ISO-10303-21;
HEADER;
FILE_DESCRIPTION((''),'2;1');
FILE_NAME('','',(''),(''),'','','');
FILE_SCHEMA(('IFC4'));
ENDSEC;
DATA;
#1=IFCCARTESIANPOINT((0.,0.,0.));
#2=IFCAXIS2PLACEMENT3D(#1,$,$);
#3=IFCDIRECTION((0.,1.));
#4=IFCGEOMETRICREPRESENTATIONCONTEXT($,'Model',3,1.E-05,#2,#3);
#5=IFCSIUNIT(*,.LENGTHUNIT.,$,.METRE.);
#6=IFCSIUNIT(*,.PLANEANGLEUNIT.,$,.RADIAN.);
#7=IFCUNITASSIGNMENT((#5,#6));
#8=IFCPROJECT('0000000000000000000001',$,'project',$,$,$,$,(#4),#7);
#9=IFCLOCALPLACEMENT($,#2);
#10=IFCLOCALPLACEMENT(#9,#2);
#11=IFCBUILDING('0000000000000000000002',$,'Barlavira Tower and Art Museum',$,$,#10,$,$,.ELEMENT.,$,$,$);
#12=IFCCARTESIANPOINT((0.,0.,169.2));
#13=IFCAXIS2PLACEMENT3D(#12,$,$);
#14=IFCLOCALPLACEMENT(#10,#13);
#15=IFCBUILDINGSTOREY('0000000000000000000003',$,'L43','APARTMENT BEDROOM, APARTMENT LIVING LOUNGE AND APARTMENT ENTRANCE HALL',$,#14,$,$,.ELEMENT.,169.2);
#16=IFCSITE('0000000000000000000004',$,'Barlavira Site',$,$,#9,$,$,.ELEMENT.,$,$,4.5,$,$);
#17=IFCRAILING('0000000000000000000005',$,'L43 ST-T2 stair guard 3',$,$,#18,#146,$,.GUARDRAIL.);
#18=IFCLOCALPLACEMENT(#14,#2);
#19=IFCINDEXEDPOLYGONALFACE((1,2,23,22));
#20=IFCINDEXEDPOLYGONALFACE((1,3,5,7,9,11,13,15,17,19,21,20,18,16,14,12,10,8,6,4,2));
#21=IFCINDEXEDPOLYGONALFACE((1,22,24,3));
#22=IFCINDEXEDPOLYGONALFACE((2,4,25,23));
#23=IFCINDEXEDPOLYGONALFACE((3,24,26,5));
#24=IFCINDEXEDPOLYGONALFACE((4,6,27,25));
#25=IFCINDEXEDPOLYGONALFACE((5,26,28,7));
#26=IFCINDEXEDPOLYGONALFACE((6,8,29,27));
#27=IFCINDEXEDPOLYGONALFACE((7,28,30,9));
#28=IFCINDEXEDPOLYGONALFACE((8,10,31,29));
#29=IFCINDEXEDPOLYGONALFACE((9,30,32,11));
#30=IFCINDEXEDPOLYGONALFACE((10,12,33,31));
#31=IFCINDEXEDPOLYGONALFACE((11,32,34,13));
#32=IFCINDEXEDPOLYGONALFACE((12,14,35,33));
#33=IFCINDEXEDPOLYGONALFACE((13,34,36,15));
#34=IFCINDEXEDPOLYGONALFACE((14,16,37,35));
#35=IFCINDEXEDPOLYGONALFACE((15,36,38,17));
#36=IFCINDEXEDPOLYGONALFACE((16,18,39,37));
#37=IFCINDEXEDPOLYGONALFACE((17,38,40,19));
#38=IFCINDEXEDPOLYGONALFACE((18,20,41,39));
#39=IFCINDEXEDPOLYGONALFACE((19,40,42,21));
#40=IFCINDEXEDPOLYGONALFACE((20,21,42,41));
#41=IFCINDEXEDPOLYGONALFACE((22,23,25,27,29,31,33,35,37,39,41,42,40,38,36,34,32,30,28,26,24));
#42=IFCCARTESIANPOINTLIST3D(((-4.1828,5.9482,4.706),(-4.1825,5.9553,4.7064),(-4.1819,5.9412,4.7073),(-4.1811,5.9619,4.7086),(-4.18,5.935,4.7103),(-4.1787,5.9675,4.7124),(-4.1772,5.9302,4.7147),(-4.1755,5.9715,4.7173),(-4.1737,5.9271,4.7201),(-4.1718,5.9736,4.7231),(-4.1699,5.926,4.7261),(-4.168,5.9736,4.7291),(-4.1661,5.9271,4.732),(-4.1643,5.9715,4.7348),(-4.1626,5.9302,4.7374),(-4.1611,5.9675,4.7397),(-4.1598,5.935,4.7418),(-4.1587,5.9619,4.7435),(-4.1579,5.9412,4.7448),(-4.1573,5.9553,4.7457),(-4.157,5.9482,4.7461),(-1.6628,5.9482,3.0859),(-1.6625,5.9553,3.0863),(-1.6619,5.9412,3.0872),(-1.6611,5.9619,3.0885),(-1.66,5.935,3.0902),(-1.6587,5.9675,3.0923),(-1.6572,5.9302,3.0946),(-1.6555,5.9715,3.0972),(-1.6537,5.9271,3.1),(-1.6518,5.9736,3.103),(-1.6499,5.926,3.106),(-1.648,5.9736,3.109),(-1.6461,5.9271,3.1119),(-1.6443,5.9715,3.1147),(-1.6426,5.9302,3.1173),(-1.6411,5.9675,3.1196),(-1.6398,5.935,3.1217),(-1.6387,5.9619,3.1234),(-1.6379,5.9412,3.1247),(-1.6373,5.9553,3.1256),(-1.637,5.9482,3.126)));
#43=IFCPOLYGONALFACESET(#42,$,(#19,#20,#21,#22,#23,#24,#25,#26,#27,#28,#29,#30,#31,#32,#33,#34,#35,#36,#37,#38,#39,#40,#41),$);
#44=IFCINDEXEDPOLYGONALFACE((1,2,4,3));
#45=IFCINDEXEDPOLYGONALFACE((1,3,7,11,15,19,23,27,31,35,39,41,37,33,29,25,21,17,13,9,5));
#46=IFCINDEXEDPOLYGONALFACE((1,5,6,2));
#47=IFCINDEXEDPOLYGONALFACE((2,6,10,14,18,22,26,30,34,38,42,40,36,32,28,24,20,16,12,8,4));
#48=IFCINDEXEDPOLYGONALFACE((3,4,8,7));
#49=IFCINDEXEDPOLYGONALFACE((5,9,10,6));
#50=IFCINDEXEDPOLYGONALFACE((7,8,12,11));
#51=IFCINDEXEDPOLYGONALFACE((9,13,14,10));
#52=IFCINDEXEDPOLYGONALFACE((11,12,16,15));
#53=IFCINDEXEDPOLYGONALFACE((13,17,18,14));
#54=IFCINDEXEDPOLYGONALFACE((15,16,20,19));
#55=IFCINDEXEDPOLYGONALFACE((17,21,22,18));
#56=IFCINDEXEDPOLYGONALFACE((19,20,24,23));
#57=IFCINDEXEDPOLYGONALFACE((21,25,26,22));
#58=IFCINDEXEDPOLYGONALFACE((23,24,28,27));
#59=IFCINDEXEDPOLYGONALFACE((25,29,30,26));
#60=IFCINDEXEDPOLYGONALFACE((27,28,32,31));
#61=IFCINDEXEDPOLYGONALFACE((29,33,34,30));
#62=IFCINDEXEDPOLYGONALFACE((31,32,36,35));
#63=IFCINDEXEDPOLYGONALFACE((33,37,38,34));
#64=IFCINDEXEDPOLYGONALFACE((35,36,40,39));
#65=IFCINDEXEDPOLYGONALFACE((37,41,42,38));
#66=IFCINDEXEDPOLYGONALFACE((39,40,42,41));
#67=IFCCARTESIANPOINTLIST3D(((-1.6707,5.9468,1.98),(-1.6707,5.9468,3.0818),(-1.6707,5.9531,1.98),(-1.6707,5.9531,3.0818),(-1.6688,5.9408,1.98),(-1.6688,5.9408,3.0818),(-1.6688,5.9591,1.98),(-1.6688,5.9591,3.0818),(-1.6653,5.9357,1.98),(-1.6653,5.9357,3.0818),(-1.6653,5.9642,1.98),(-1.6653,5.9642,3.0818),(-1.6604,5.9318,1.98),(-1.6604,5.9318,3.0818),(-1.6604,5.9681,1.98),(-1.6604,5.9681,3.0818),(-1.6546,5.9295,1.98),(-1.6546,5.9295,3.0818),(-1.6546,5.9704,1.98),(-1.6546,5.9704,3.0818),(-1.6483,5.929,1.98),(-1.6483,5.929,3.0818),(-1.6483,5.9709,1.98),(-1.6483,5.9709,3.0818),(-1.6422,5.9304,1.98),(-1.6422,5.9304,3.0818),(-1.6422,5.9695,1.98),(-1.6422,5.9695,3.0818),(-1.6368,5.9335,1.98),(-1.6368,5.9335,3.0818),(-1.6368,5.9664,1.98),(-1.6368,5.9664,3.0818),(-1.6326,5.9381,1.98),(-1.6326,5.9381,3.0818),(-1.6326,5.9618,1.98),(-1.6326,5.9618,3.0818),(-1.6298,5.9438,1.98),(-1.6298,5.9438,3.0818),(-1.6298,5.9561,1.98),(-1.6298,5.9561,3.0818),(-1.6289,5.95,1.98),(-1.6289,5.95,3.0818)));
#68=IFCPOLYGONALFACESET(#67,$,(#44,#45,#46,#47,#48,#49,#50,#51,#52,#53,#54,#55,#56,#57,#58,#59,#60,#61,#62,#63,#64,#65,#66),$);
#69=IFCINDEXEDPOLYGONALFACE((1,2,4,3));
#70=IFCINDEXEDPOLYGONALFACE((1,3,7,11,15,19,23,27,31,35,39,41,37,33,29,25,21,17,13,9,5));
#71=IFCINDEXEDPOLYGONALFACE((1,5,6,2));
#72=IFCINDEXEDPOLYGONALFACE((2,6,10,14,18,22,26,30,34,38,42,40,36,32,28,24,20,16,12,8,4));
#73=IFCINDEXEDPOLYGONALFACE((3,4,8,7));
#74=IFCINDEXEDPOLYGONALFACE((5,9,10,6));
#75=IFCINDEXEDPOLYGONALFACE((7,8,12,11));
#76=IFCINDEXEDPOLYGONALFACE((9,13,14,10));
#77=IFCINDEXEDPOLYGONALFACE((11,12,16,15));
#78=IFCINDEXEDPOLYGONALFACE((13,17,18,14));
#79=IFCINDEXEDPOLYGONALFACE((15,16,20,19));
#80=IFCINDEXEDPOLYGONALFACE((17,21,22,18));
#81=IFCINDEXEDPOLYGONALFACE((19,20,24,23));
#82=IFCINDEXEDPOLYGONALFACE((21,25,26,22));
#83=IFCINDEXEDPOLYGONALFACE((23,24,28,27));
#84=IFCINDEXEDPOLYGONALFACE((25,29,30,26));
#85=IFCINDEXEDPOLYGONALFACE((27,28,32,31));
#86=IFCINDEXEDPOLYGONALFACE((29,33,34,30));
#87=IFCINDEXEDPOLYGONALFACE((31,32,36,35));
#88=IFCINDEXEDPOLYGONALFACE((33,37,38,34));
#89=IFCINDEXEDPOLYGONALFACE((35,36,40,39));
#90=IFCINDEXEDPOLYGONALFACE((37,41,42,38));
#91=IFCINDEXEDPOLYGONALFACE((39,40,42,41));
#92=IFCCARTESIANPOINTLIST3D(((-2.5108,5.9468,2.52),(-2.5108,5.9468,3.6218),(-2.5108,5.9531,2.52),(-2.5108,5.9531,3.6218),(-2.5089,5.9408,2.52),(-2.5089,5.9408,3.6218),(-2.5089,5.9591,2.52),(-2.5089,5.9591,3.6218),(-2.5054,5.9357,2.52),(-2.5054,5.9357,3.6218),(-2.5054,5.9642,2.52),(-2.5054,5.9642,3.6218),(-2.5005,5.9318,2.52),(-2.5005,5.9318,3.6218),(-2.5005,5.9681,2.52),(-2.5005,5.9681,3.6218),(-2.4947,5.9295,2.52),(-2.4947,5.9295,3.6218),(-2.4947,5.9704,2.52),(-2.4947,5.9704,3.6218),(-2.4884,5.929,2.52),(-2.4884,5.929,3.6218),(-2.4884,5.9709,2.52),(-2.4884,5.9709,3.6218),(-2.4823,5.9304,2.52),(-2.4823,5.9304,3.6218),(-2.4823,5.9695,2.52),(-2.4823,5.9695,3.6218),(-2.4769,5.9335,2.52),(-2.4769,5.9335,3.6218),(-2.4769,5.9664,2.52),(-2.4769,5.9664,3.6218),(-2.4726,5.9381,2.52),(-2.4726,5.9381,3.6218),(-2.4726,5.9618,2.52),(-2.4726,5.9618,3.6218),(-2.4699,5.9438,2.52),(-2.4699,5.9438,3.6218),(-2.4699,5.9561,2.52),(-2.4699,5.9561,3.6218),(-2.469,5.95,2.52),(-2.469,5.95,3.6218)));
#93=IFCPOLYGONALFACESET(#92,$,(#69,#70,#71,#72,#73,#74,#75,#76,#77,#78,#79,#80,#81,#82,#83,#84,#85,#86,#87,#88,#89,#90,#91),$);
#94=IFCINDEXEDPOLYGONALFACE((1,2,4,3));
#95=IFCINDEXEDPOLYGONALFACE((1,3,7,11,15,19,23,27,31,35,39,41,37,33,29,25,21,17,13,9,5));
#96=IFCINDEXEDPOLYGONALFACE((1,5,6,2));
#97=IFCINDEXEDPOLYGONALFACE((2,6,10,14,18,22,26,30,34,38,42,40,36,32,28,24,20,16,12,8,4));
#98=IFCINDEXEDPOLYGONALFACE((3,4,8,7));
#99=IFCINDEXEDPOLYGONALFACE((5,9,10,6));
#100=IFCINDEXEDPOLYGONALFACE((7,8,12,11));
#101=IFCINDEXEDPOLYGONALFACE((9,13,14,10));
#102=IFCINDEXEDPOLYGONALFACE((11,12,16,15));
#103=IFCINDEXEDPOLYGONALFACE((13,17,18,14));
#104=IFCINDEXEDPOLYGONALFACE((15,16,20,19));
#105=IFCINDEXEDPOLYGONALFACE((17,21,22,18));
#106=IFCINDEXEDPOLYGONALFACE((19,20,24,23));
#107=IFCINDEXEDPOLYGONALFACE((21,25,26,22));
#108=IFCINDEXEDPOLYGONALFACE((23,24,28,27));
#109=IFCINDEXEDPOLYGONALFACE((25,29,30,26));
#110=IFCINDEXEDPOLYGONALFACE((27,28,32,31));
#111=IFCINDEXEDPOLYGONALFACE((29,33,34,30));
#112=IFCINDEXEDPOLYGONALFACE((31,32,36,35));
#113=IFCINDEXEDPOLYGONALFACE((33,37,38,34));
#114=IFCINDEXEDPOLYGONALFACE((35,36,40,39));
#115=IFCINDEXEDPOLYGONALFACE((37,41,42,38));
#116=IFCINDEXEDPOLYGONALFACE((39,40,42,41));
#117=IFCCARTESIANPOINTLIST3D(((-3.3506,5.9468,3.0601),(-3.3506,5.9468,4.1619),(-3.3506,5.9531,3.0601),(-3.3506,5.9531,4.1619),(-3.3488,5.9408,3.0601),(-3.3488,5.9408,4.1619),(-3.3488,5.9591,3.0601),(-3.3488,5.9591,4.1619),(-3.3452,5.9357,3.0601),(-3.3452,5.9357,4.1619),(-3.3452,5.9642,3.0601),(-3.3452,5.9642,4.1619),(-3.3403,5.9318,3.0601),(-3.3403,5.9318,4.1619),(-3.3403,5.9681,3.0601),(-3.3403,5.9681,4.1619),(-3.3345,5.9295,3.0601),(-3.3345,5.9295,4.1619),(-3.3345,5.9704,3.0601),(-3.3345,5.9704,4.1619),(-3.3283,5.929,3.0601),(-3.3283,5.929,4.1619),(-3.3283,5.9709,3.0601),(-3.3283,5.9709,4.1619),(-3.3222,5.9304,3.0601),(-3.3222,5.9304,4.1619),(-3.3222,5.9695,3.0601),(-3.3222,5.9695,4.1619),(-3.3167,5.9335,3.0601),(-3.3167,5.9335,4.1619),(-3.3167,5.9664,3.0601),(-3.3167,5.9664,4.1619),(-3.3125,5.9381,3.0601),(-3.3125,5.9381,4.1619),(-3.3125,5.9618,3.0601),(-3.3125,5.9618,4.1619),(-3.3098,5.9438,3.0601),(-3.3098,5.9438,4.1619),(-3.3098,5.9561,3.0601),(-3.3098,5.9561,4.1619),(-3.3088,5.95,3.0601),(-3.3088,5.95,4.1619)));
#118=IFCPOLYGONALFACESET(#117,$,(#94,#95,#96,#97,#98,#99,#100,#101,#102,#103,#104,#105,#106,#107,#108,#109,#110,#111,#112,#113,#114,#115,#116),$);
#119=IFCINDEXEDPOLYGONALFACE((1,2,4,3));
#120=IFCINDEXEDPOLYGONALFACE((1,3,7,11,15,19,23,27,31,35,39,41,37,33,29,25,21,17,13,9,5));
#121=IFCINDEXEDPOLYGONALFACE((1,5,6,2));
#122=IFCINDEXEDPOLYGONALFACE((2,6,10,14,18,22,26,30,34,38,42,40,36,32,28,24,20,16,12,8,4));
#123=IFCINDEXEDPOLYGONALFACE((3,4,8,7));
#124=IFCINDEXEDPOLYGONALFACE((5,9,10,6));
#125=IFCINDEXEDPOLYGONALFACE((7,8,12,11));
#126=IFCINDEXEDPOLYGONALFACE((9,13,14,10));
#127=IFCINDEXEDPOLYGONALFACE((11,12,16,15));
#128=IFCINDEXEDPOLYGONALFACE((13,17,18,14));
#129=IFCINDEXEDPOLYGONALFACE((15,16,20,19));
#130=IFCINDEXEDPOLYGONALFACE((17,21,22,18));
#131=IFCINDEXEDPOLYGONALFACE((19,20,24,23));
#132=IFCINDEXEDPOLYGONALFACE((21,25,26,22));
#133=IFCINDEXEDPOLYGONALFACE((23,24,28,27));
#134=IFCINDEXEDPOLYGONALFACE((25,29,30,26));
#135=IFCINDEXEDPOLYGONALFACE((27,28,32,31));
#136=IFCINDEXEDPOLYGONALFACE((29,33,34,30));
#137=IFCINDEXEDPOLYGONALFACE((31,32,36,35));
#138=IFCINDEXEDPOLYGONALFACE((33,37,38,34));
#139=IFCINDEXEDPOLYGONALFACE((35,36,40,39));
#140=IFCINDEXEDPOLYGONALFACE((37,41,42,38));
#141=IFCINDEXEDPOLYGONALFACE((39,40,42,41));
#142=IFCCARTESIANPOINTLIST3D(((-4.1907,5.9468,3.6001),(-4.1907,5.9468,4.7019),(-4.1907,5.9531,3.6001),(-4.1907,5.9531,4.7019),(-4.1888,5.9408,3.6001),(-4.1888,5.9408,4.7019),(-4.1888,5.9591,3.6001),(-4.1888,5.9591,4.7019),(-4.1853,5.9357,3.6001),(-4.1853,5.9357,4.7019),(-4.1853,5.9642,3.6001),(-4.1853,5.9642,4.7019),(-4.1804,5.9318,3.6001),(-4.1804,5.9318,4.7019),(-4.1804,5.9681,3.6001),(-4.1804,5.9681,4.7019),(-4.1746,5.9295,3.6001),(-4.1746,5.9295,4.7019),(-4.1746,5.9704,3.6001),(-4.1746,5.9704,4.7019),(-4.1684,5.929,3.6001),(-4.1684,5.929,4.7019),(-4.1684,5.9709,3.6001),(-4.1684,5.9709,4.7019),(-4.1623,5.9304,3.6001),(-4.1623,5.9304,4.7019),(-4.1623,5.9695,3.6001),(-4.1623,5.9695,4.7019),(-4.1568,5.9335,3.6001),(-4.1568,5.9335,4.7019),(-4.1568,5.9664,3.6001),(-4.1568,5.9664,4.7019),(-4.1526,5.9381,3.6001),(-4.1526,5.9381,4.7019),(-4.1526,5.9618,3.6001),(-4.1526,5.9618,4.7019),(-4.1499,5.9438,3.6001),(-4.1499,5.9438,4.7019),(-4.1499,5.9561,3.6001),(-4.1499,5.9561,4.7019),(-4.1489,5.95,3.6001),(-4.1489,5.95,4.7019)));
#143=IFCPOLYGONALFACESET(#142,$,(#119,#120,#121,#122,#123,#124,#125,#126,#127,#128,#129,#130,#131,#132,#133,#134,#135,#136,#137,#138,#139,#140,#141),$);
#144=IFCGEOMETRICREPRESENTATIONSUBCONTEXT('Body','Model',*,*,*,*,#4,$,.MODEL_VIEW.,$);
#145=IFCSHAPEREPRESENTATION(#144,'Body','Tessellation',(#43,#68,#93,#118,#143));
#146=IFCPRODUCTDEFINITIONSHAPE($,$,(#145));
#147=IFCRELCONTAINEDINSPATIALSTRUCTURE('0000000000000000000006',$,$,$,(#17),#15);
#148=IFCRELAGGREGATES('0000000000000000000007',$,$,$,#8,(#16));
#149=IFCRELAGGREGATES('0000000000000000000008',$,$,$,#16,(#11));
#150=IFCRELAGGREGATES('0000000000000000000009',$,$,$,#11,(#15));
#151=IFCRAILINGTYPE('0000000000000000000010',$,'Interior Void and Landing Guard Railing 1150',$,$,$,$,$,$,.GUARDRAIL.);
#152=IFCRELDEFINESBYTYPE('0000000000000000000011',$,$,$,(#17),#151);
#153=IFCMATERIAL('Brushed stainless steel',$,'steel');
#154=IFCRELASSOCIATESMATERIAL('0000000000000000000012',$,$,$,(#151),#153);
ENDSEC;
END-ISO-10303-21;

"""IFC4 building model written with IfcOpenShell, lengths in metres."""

from ifc_helpers import new_model, si_unit, direction, frame, origin, origin_2d, place, context, subcontext, project, spatial, circle, extrude, material, type_object, element, save


model = new_model("IFC4")

# Units and contexts
model_context = context("Model", 3, precision=1e-05, world=origin(), true_north=direction((0.0, 1.0)))
body_context = subcontext(model_context, "Body", "Model", "MODEL_VIEW")
ifc_project = project(units=[si_unit("LENGTHUNIT", "METRE"), si_unit("PLANEANGLEUNIT", "RADIAN")], contexts=[model_context])

# Site, building, storey
site_placement = place(None, origin())
site = spatial("IfcSite", under=ifc_project, at=site_placement, Name="Barlavira Site", CompositionType="ELEMENT", RefElevation=4.5)
building_placement = place(site_placement, origin())
building = spatial("IfcBuilding", under=site, at=building_placement, Name="Barlavira Tower and Art Museum", CompositionType="ELEMENT")
storey_placement = place(building_placement, frame((0.0, 0.0, 169.2)))
storey = spatial("IfcBuildingStorey", under=building, at=storey_placement, Name="L43", Description="APARTMENT BEDROOM, APARTMENT LIVING LOUNGE AND APARTMENT ENTRANCE HALL", CompositionType="ELEMENT", Elevation=169.2)

# Shared definitions
ifc_material_1 = material(Name="Brushed stainless steel", Category="steel")

# Railing
railing_type_1 = type_object("IfcRailingType", Name="Interior Void and Landing Guard Railing 1150", PredefinedType="GUARDRAIL", material=ifc_material_1)
railing_1_placement = place(storey_placement, frame((-1.6499, 5.95, 1.98)))
element("IfcRailing", 1, at=railing_1_placement, inside=storey, type_object=railing_type_1, Name="L43 ST-T2 stair guard 3", PredefinedType="GUARDRAIL", context=body_context, shape_type="SweptSolid", body=[
    extrude(circle(Radius=0.0239, at=origin_2d()), frame((0.0, 0.0, 1.126), z_axis=(-0.841163, 0.0, 0.540782), x_axis=(0.0, -1.0, 0.0)), (0.0, 0.0, 1.0), 2.9958),
    extrude(circle(Radius=0.021, at=origin_2d()), origin(), (0.0, 0.0, 1.0), 1.1018),
    extrude(circle(Radius=0.021, at=origin_2d()), frame((-0.8401, 0.0, 0.54)), (0.0, 0.0, 1.0), 1.1018),
    extrude(circle(Radius=0.021, at=origin_2d()), frame((-1.6799, 0.0, 1.0801)), (0.0, 0.0, 1.0), 1.1018),
    extrude(circle(Radius=0.021, at=origin_2d()), frame((-2.52, 0.0, 1.6201)), (0.0, 0.0, 1.0), 1.1018),
])

save(model, "model.ifc")
